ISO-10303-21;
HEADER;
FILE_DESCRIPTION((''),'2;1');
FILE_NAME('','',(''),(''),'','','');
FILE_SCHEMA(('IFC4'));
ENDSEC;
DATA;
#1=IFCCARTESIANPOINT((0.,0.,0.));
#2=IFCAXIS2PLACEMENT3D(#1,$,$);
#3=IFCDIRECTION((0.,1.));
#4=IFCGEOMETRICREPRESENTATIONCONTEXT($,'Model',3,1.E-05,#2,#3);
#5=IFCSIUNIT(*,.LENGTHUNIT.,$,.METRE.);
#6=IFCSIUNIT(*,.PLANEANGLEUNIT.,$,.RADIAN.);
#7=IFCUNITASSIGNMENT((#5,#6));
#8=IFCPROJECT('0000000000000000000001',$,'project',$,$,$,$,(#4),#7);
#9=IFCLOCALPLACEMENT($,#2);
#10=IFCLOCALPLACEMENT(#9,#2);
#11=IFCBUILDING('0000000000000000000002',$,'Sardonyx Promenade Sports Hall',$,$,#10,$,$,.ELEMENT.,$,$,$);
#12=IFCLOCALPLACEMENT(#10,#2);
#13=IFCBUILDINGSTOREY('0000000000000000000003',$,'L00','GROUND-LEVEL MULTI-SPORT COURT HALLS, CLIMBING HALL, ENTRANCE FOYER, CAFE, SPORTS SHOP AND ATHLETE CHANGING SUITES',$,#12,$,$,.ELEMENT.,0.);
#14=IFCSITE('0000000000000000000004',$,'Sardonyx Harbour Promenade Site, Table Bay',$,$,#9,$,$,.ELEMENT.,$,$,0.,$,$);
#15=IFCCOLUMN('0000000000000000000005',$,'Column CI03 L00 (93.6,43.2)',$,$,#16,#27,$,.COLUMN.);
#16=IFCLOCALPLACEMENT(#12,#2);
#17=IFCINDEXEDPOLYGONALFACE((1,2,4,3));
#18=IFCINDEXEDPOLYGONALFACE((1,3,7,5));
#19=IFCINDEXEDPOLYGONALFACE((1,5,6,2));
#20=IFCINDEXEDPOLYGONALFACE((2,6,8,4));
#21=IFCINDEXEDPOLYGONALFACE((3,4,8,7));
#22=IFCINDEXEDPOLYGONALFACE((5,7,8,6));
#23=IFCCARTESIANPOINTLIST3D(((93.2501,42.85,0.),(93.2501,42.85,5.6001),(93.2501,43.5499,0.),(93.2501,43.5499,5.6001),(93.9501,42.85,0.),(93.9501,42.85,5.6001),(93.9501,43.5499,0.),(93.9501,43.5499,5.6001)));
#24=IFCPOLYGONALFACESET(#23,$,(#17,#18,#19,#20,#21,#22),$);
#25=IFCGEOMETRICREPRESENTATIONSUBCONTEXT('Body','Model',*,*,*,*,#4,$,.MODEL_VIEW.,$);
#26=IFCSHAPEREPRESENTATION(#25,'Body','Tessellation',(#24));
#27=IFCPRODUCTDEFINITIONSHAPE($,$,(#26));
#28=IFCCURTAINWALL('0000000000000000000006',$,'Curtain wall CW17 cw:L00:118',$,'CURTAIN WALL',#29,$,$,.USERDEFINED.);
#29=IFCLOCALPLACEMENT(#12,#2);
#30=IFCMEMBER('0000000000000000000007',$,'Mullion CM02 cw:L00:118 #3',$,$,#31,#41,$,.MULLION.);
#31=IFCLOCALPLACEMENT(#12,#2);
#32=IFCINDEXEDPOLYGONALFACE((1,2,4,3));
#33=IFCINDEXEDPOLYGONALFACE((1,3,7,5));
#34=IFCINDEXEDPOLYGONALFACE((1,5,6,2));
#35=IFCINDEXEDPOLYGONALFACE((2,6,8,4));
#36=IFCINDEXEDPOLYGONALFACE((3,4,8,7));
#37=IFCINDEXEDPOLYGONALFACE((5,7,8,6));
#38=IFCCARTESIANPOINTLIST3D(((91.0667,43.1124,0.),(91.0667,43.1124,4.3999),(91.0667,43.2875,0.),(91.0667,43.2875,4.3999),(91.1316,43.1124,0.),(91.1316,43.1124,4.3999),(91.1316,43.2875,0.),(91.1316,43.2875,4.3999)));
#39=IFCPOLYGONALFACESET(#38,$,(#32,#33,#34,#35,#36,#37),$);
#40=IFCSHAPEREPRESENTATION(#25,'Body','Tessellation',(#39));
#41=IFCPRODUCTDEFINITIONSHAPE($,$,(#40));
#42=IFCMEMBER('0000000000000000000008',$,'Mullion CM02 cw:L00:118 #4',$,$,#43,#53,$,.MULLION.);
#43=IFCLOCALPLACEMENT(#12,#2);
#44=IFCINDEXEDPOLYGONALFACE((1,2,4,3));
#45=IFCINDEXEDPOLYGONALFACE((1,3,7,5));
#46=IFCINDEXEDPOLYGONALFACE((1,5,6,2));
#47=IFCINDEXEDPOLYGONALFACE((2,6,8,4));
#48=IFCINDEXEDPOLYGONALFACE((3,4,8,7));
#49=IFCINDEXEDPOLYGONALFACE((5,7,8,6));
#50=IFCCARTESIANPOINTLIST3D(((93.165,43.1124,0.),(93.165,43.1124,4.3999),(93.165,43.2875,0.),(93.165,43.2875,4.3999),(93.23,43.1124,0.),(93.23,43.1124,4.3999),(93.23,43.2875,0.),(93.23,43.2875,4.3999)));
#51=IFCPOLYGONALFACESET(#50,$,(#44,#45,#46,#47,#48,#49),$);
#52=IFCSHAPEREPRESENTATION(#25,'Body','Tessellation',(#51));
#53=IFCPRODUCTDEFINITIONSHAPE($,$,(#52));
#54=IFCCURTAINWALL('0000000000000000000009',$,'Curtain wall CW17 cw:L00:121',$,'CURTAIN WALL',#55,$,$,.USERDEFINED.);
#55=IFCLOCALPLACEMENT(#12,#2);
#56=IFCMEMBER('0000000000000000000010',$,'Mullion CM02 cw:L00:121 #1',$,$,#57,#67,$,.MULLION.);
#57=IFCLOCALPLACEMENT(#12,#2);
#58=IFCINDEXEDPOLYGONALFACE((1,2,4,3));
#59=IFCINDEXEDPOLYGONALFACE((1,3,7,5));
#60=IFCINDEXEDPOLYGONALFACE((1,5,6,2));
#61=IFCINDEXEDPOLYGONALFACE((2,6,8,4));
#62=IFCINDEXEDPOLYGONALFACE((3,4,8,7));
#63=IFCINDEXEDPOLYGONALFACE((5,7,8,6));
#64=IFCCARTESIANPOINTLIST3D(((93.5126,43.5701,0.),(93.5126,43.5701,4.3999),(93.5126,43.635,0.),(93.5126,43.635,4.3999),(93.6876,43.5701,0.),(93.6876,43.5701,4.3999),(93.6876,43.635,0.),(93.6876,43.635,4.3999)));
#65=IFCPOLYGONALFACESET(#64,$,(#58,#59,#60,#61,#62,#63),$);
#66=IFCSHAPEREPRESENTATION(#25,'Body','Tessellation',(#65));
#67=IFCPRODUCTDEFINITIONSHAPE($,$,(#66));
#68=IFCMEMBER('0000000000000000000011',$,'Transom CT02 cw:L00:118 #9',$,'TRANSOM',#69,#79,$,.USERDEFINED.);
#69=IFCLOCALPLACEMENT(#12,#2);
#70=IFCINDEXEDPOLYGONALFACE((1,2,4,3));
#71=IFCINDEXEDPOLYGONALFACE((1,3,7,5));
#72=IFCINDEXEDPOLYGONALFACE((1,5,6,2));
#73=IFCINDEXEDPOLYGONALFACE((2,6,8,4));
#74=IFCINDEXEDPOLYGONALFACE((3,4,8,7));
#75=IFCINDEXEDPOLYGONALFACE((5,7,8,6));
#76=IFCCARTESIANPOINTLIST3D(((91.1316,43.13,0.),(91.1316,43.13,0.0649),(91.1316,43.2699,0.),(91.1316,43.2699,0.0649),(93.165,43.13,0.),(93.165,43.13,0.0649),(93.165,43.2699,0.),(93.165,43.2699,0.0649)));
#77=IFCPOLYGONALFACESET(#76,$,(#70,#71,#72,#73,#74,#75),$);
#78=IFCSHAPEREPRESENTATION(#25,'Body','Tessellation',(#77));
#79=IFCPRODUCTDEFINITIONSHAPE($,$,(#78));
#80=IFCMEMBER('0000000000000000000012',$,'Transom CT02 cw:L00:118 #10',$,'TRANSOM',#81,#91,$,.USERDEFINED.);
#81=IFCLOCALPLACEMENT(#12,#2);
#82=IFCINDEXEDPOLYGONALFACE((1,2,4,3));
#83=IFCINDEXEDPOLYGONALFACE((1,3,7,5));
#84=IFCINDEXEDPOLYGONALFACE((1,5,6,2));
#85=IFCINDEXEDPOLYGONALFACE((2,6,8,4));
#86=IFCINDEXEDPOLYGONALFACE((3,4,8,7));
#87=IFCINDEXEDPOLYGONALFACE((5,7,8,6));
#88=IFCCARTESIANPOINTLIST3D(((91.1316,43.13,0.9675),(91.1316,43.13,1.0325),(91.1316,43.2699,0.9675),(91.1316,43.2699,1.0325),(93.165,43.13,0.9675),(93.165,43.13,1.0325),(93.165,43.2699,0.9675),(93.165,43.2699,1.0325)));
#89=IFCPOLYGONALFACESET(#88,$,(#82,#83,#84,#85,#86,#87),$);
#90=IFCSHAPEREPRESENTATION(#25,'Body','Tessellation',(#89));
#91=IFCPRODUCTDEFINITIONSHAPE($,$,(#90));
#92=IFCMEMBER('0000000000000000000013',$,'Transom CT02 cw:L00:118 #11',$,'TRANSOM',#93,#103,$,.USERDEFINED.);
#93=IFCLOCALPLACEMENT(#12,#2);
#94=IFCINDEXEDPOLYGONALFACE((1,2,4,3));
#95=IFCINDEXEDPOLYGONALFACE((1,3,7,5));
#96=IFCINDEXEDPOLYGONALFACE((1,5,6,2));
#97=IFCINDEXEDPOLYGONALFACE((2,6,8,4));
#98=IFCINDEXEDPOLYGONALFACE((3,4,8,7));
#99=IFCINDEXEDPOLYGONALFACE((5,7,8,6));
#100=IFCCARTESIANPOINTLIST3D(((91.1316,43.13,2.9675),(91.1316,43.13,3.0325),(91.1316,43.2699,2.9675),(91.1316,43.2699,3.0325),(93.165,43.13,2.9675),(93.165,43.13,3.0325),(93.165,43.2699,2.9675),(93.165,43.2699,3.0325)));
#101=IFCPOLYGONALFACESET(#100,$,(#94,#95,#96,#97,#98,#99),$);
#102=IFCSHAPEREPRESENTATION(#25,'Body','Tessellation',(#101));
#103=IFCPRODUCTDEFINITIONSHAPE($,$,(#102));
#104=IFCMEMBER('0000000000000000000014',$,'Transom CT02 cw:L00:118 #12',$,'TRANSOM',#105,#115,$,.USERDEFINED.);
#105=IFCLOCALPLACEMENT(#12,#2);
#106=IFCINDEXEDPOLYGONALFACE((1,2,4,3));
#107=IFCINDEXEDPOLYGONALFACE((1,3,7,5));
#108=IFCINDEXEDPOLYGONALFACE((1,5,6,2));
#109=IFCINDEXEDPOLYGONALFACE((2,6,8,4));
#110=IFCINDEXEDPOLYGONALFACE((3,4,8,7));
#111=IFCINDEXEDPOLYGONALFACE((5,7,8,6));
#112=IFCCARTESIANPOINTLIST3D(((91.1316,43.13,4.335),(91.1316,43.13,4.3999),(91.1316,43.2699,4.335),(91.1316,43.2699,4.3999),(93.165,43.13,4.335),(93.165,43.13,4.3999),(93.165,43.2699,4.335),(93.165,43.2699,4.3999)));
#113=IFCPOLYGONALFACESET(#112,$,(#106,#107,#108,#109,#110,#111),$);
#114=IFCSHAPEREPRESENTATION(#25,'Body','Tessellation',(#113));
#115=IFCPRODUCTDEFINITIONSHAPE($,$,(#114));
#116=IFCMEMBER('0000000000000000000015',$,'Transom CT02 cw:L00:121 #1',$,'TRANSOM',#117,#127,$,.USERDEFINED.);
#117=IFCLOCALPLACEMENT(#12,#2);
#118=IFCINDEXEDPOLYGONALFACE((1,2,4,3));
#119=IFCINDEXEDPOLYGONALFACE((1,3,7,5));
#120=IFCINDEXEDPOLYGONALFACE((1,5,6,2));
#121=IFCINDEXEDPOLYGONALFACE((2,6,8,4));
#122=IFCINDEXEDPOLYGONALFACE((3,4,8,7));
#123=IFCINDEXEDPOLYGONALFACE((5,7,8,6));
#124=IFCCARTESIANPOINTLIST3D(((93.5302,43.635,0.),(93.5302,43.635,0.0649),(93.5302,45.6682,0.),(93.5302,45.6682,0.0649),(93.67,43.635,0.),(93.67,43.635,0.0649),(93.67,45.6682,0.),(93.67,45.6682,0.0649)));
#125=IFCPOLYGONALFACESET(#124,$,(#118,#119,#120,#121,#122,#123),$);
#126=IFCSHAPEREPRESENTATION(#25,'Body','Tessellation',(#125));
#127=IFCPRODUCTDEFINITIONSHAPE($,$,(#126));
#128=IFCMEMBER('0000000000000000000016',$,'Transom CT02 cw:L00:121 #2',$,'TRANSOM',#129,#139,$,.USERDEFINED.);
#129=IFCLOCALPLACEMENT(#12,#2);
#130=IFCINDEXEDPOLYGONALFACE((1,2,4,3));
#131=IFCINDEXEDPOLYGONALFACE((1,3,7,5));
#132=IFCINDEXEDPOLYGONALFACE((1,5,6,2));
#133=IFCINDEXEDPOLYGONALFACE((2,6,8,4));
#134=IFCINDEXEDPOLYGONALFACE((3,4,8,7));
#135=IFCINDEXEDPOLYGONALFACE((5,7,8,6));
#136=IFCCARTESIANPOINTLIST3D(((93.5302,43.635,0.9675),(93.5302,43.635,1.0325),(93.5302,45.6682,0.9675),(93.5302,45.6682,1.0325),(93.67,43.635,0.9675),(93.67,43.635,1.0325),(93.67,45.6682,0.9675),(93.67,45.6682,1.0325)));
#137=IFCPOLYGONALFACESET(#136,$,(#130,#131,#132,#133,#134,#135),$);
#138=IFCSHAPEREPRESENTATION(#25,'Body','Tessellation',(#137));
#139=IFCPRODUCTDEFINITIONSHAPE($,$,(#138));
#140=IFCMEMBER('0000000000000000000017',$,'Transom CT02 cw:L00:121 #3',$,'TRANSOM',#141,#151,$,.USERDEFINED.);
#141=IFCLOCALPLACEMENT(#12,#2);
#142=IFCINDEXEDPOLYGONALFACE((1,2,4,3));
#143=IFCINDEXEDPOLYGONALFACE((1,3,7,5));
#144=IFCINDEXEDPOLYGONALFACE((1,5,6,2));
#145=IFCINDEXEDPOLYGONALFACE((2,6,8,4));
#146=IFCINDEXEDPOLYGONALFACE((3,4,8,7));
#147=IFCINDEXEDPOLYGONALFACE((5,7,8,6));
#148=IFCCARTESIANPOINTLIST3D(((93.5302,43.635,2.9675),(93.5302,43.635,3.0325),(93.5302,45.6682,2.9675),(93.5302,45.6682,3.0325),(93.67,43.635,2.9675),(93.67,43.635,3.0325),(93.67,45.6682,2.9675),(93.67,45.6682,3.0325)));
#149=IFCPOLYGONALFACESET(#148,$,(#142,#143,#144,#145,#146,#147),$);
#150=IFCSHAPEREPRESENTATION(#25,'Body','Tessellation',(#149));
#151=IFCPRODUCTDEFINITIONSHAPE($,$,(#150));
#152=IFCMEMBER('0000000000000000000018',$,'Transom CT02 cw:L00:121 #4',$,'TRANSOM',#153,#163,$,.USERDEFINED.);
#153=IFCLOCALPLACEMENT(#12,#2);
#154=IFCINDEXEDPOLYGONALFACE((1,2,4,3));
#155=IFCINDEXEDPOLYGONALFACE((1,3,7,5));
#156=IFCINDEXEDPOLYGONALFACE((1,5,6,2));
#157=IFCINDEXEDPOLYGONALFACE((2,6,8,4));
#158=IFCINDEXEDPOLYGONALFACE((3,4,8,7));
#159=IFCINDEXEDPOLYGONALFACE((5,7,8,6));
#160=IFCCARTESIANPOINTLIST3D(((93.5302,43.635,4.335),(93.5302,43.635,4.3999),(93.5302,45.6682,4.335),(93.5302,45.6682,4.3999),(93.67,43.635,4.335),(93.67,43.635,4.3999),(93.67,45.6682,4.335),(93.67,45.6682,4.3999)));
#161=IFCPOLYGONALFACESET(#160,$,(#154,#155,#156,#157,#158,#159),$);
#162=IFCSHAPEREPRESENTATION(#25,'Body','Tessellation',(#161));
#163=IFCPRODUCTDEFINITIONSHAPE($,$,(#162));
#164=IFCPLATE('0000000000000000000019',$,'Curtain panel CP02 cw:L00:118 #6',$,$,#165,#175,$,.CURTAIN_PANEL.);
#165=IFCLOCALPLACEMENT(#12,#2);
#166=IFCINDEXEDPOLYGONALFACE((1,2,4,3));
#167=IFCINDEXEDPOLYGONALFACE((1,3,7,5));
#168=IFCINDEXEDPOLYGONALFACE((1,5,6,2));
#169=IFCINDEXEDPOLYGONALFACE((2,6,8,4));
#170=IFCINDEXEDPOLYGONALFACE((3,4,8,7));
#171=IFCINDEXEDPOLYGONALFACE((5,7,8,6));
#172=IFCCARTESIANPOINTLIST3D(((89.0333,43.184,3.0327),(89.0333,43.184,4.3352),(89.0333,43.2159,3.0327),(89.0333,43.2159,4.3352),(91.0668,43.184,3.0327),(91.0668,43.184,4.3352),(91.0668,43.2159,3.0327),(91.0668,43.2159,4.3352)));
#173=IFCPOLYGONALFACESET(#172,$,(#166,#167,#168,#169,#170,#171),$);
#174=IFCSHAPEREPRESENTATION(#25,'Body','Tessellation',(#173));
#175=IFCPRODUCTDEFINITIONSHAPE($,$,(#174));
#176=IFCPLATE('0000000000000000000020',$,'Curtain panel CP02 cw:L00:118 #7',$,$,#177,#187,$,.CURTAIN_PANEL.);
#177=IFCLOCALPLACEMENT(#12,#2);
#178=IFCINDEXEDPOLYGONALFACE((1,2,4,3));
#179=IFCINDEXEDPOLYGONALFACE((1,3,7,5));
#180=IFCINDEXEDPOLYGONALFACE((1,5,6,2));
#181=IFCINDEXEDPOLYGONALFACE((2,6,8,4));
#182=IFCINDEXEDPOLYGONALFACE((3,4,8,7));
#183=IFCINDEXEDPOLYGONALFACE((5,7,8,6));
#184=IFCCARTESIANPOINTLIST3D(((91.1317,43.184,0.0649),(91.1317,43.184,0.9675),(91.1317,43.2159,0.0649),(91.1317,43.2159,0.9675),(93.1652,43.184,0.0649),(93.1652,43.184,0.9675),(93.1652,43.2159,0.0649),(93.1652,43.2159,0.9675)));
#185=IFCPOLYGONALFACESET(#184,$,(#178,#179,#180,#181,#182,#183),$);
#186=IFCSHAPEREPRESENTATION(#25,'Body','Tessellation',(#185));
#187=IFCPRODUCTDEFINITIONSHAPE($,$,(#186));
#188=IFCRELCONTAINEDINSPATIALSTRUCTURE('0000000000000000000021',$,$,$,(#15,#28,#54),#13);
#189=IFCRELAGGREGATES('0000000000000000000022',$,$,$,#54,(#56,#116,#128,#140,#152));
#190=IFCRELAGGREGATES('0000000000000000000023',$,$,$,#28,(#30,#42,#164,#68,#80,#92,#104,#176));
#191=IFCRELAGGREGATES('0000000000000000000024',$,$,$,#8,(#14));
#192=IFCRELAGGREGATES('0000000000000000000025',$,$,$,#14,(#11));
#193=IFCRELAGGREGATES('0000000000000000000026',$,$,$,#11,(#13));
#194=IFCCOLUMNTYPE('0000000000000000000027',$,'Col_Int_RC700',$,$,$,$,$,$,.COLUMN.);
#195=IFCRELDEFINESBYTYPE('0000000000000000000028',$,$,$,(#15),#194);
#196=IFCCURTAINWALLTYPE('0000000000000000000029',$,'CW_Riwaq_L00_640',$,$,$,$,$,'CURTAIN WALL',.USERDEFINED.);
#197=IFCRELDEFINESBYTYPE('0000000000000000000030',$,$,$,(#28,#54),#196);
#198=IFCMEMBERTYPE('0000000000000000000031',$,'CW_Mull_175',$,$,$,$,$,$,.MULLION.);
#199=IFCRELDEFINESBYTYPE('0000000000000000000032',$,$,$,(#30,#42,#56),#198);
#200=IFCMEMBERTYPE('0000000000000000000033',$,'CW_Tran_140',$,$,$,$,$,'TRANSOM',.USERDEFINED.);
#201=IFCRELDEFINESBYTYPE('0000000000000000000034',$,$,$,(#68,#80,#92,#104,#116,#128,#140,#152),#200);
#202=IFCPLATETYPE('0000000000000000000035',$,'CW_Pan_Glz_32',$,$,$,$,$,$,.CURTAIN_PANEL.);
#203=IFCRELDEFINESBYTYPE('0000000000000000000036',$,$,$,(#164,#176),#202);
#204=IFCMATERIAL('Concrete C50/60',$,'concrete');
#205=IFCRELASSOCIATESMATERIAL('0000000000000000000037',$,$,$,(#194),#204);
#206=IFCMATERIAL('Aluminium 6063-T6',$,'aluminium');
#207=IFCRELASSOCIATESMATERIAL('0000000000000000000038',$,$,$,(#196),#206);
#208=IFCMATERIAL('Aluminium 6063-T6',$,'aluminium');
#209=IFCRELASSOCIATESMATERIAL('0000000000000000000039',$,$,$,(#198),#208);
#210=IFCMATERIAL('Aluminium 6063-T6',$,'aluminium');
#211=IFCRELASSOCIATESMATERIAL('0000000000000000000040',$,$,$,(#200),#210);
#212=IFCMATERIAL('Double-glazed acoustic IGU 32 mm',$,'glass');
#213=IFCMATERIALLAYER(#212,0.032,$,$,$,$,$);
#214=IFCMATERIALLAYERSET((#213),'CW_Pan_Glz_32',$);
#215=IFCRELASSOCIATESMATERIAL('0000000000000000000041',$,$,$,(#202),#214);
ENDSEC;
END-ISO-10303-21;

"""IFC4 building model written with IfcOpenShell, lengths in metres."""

from ifc_helpers import new_model, si_unit, direction, frame, origin, origin_2d, place, context, subcontext, project, spatial, rectangle, extrude, material, layer, layer_set, material_profile, profile_set, type_object, element, aggregate, save


model = new_model("IFC4")

# Units and contexts
model_context = context("Model", 3, precision=1e-05, world=origin(), true_north=direction((0.0, 1.0)))
body_context = subcontext(model_context, "Body", "Model", "MODEL_VIEW")
ifc_project = project(units=[si_unit("LENGTHUNIT", "METRE"), si_unit("PLANEANGLEUNIT", "RADIAN")], contexts=[model_context])

# Site, building, storey
site_placement = place(None, origin())
site = spatial("IfcSite", under=ifc_project, at=site_placement, Name="Sardonyx Harbour Promenade Site, Table Bay", CompositionType="ELEMENT", RefElevation=0.0)
building_placement = place(site_placement, origin())
building = spatial("IfcBuilding", under=site, at=building_placement, Name="Sardonyx Promenade Sports Hall", CompositionType="ELEMENT")
storey_placement = place(building_placement, origin())
storey = spatial("IfcBuildingStorey", under=building, at=storey_placement, Name="L00", Description="GROUND-LEVEL MULTI-SPORT COURT HALLS, CLIMBING HALL, ENTRANCE FOYER, CAFE, SPORTS SHOP AND ATHLETE CHANGING SUITES", CompositionType="ELEMENT", Elevation=0.0)

# Column
ifc_material_1 = material(Name="Concrete C50/60", Category="concrete")
ifc_material_profile_1 = material_profile(ifc_material_1, rectangle(XDim=0.7, YDim=0.7, at=origin_2d()))
ifc_profile_set_1 = profile_set([ifc_material_profile_1], Name="Concrete C50/60")
column_type = type_object("IfcColumnType", Name="Col_Int_RC700", PredefinedType="COLUMN", material=ifc_profile_set_1)
column_placement = place(storey_placement, frame((93.6001, 43.2, 0.0), z_axis=(0.0, 0.0, 1.0), x_axis=(1.0, 0.0, 0.0)))
element("IfcColumn", 1, at=column_placement, inside=storey, type_object=column_type, Name="Column CI03 L00 (93.6,43.2)", PredefinedType="COLUMN", context=body_context, shape_type="SweptSolid", body=[
    extrude(rectangle(XDim=0.7, YDim=0.7, at=origin_2d()), origin(), (0.0, 0.0, 1.0), 5.6001),
])

# Curtain wall, members
ifc_material_2 = material(Name="Aluminium 6063-T6", Category="aluminium")
curtain_wall_type = type_object("IfcCurtainWallType", Name="CW_Riwaq_L00_640", ElementType="CURTAIN WALL", PredefinedType="USERDEFINED", material=ifc_material_2)
curtain_wall_1_placement = place(storey_placement, origin())
curtain_wall_1 = element("IfcCurtainWall", 2, at=curtain_wall_1_placement, inside=storey, type_object=curtain_wall_type, Name="Curtain wall CW17 cw:L00:118", ObjectType="CURTAIN WALL", PredefinedType="USERDEFINED")
ifc_material_3 = material(Name="Aluminium 6063-T6", Category="aluminium")
ifc_material_profile_2 = material_profile(ifc_material_3, rectangle(XDim=0.0649, YDim=0.175, at=origin_2d()))
ifc_profile_set_2 = profile_set([ifc_material_profile_2], Name="Aluminium 6063-T6")
member_type_1 = type_object("IfcMemberType", Name="CW_Mull_175", PredefinedType="MULLION", material=ifc_profile_set_2)
member_1_placement = place(storey_placement, frame((91.0991, 43.2, 0.0), z_axis=(0.0, 0.0, 1.0), x_axis=(1.0, 0.0, 0.0)))
member_1 = element("IfcMember", 3, at=member_1_placement, type_object=member_type_1, Name="Mullion CM02 cw:L00:118 #3", PredefinedType="MULLION", context=body_context, shape_type="SweptSolid", body=[
    extrude(rectangle(XDim=0.0649, YDim=0.175, at=origin_2d()), origin(), (0.0, 0.0, 1.0), 4.3999),
])
member_2_placement = place(storey_placement, frame((93.1975, 43.2, 0.0), z_axis=(0.0, 0.0, 1.0), x_axis=(1.0, 0.0, 0.0)))
member_2 = element("IfcMember", 4, at=member_2_placement, type_object=member_type_1, Name="Mullion CM02 cw:L00:118 #4", PredefinedType="MULLION", context=body_context, shape_type="SweptSolid", body=[
    extrude(rectangle(XDim=0.0649, YDim=0.175, at=origin_2d()), origin(), (0.0, 0.0, 1.0), 4.3999),
])

# Curtain wall, member
curtain_wall_2_placement = place(storey_placement, origin())
curtain_wall_2 = element("IfcCurtainWall", 5, at=curtain_wall_2_placement, inside=storey, type_object=curtain_wall_type, Name="Curtain wall CW17 cw:L00:121", ObjectType="CURTAIN WALL", PredefinedType="USERDEFINED")
member_3_placement = place(storey_placement, frame((93.6001, 43.6025, 0.0), z_axis=(0.0, 0.0, 1.0), x_axis=(0.0, 1.0, 0.0)))
member_3 = element("IfcMember", 6, at=member_3_placement, type_object=member_type_1, Name="Mullion CM02 cw:L00:121 #1", PredefinedType="MULLION", context=body_context, shape_type="SweptSolid", body=[
    extrude(rectangle(XDim=0.0649, YDim=0.175, at=origin_2d()), origin(), (0.0, 0.0, 1.0), 4.3999),
])

# Members
ifc_material_4 = material(Name="Aluminium 6063-T6", Category="aluminium")
ifc_material_profile_3 = material_profile(ifc_material_4, rectangle(XDim=0.0649, YDim=0.1399, at=origin_2d()))
ifc_profile_set_3 = profile_set([ifc_material_profile_3], Name="Aluminium 6063-T6")
member_type_2 = type_object("IfcMemberType", Name="CW_Tran_140", ElementType="TRANSOM", PredefinedType="USERDEFINED", material=ifc_profile_set_3)
member_4_placement = place(storey_placement, frame((91.1316, 43.2, 0.0325), z_axis=(1.0, 0.0, 0.0), x_axis=(0.0, 0.0, 1.0)))
member_4 = element("IfcMember", 7, at=member_4_placement, type_object=member_type_2, Name="Transom CT02 cw:L00:118 #9", ObjectType="TRANSOM", PredefinedType="USERDEFINED", context=body_context, shape_type="SweptSolid", body=[
    extrude(rectangle(XDim=0.0649, YDim=0.1399, at=origin_2d()), origin(), (0.0, 0.0, 1.0), 2.0334),
])
member_5_placement = place(storey_placement, frame((91.1316, 43.2, 1.0), z_axis=(1.0, 0.0, 0.0), x_axis=(0.0, 0.0, 1.0)))
member_5 = element("IfcMember", 8, at=member_5_placement, type_object=member_type_2, Name="Transom CT02 cw:L00:118 #10", ObjectType="TRANSOM", PredefinedType="USERDEFINED", context=body_context, shape_type="SweptSolid", body=[
    extrude(rectangle(XDim=0.0649, YDim=0.1399, at=origin_2d()), origin(), (0.0, 0.0, 1.0), 2.0334),
])
member_6_placement = place(storey_placement, frame((91.1316, 43.2, 3.0), z_axis=(1.0, 0.0, 0.0), x_axis=(0.0, 0.0, 1.0)))
member_6 = element("IfcMember", 9, at=member_6_placement, type_object=member_type_2, Name="Transom CT02 cw:L00:118 #11", ObjectType="TRANSOM", PredefinedType="USERDEFINED", context=body_context, shape_type="SweptSolid", body=[
    extrude(rectangle(XDim=0.0649, YDim=0.1399, at=origin_2d()), origin(), (0.0, 0.0, 1.0), 2.0334),
])
member_7_placement = place(storey_placement, frame((91.1316, 43.2, 4.3674), z_axis=(1.0, 0.0, 0.0), x_axis=(0.0, 0.0, 1.0)))
member_7 = element("IfcMember", 10, at=member_7_placement, type_object=member_type_2, Name="Transom CT02 cw:L00:118 #12", ObjectType="TRANSOM", PredefinedType="USERDEFINED", context=body_context, shape_type="SweptSolid", body=[
    extrude(rectangle(XDim=0.0649, YDim=0.1399, at=origin_2d()), origin(), (0.0, 0.0, 1.0), 2.0334),
])
member_8_placement = place(storey_placement, frame((93.6001, 43.635, 0.0325), z_axis=(0.0, 1.0, 0.0), x_axis=(0.0, 0.0, 1.0)))
member_8 = element("IfcMember", 11, at=member_8_placement, type_object=member_type_2, Name="Transom CT02 cw:L00:121 #1", ObjectType="TRANSOM", PredefinedType="USERDEFINED", context=body_context, shape_type="SweptSolid", body=[
    extrude(rectangle(XDim=0.0649, YDim=0.1399, at=origin_2d()), origin(), (0.0, 0.0, 1.0), 2.0332),
])
member_9_placement = place(storey_placement, frame((93.6001, 43.635, 1.0), z_axis=(0.0, 1.0, 0.0), x_axis=(0.0, 0.0, 1.0)))
member_9 = element("IfcMember", 12, at=member_9_placement, type_object=member_type_2, Name="Transom CT02 cw:L00:121 #2", ObjectType="TRANSOM", PredefinedType="USERDEFINED", context=body_context, shape_type="SweptSolid", body=[
    extrude(rectangle(XDim=0.0649, YDim=0.1399, at=origin_2d()), origin(), (0.0, 0.0, 1.0), 2.0332),
])
member_10_placement = place(storey_placement, frame((93.6001, 43.635, 3.0), z_axis=(0.0, 1.0, 0.0), x_axis=(0.0, 0.0, 1.0)))
member_10 = element("IfcMember", 13, at=member_10_placement, type_object=member_type_2, Name="Transom CT02 cw:L00:121 #3", ObjectType="TRANSOM", PredefinedType="USERDEFINED", context=body_context, shape_type="SweptSolid", body=[
    extrude(rectangle(XDim=0.0649, YDim=0.1399, at=origin_2d()), origin(), (0.0, 0.0, 1.0), 2.0332),
])
member_11_placement = place(storey_placement, frame((93.6001, 43.635, 4.3674), z_axis=(0.0, 1.0, 0.0), x_axis=(0.0, 0.0, 1.0)))
member_11 = element("IfcMember", 14, at=member_11_placement, type_object=member_type_2, Name="Transom CT02 cw:L00:121 #4", ObjectType="TRANSOM", PredefinedType="USERDEFINED", context=body_context, shape_type="SweptSolid", body=[
    extrude(rectangle(XDim=0.0649, YDim=0.1399, at=origin_2d()), origin(), (0.0, 0.0, 1.0), 2.0332),
])
aggregate(curtain_wall_2, [member_3, member_8, member_9, member_10, member_11])

# Plates
ifc_material_5 = material(Name="Double-glazed acoustic IGU 32 mm", Category="glass")
ifc_layer_1 = layer(ifc_material_5, 0.032)
ifc_layer_set_1 = layer_set([ifc_layer_1], Name="CW_Pan_Glz_32")
plate_type = type_object("IfcPlateType", Name="CW_Pan_Glz_32", PredefinedType="CURTAIN_PANEL", material=ifc_layer_set_1)
plate_1_placement = place(storey_placement, frame((90.05, 43.2, 3.0327), z_axis=(0.0, 0.0, 1.0), x_axis=(1.0, 0.0, 0.0)))
plate_1 = element("IfcPlate", 15, at=plate_1_placement, type_object=plate_type, Name="Curtain panel CP02 cw:L00:118 #6", PredefinedType="CURTAIN_PANEL", context=body_context, shape_type="SweptSolid", body=[
    extrude(rectangle(XDim=2.0334, YDim=0.032, at=origin_2d()), origin(), (0.0, 0.0, 1.0), 1.3025),
])
plate_2_placement = place(storey_placement, frame((92.1484, 43.2, 0.0649), z_axis=(0.0, 0.0, 1.0), x_axis=(1.0, 0.0, 0.0)))
plate_2 = element("IfcPlate", 16, at=plate_2_placement, type_object=plate_type, Name="Curtain panel CP02 cw:L00:118 #7", PredefinedType="CURTAIN_PANEL", context=body_context, shape_type="SweptSolid", body=[
    extrude(rectangle(XDim=2.0334, YDim=0.032, at=origin_2d()), origin(), (0.0, 0.0, 1.0), 0.9026),
])
aggregate(curtain_wall_1, [member_1, member_2, plate_1, member_4, member_5, member_6, member_7, plate_2])

save(model, "model.ifc")
